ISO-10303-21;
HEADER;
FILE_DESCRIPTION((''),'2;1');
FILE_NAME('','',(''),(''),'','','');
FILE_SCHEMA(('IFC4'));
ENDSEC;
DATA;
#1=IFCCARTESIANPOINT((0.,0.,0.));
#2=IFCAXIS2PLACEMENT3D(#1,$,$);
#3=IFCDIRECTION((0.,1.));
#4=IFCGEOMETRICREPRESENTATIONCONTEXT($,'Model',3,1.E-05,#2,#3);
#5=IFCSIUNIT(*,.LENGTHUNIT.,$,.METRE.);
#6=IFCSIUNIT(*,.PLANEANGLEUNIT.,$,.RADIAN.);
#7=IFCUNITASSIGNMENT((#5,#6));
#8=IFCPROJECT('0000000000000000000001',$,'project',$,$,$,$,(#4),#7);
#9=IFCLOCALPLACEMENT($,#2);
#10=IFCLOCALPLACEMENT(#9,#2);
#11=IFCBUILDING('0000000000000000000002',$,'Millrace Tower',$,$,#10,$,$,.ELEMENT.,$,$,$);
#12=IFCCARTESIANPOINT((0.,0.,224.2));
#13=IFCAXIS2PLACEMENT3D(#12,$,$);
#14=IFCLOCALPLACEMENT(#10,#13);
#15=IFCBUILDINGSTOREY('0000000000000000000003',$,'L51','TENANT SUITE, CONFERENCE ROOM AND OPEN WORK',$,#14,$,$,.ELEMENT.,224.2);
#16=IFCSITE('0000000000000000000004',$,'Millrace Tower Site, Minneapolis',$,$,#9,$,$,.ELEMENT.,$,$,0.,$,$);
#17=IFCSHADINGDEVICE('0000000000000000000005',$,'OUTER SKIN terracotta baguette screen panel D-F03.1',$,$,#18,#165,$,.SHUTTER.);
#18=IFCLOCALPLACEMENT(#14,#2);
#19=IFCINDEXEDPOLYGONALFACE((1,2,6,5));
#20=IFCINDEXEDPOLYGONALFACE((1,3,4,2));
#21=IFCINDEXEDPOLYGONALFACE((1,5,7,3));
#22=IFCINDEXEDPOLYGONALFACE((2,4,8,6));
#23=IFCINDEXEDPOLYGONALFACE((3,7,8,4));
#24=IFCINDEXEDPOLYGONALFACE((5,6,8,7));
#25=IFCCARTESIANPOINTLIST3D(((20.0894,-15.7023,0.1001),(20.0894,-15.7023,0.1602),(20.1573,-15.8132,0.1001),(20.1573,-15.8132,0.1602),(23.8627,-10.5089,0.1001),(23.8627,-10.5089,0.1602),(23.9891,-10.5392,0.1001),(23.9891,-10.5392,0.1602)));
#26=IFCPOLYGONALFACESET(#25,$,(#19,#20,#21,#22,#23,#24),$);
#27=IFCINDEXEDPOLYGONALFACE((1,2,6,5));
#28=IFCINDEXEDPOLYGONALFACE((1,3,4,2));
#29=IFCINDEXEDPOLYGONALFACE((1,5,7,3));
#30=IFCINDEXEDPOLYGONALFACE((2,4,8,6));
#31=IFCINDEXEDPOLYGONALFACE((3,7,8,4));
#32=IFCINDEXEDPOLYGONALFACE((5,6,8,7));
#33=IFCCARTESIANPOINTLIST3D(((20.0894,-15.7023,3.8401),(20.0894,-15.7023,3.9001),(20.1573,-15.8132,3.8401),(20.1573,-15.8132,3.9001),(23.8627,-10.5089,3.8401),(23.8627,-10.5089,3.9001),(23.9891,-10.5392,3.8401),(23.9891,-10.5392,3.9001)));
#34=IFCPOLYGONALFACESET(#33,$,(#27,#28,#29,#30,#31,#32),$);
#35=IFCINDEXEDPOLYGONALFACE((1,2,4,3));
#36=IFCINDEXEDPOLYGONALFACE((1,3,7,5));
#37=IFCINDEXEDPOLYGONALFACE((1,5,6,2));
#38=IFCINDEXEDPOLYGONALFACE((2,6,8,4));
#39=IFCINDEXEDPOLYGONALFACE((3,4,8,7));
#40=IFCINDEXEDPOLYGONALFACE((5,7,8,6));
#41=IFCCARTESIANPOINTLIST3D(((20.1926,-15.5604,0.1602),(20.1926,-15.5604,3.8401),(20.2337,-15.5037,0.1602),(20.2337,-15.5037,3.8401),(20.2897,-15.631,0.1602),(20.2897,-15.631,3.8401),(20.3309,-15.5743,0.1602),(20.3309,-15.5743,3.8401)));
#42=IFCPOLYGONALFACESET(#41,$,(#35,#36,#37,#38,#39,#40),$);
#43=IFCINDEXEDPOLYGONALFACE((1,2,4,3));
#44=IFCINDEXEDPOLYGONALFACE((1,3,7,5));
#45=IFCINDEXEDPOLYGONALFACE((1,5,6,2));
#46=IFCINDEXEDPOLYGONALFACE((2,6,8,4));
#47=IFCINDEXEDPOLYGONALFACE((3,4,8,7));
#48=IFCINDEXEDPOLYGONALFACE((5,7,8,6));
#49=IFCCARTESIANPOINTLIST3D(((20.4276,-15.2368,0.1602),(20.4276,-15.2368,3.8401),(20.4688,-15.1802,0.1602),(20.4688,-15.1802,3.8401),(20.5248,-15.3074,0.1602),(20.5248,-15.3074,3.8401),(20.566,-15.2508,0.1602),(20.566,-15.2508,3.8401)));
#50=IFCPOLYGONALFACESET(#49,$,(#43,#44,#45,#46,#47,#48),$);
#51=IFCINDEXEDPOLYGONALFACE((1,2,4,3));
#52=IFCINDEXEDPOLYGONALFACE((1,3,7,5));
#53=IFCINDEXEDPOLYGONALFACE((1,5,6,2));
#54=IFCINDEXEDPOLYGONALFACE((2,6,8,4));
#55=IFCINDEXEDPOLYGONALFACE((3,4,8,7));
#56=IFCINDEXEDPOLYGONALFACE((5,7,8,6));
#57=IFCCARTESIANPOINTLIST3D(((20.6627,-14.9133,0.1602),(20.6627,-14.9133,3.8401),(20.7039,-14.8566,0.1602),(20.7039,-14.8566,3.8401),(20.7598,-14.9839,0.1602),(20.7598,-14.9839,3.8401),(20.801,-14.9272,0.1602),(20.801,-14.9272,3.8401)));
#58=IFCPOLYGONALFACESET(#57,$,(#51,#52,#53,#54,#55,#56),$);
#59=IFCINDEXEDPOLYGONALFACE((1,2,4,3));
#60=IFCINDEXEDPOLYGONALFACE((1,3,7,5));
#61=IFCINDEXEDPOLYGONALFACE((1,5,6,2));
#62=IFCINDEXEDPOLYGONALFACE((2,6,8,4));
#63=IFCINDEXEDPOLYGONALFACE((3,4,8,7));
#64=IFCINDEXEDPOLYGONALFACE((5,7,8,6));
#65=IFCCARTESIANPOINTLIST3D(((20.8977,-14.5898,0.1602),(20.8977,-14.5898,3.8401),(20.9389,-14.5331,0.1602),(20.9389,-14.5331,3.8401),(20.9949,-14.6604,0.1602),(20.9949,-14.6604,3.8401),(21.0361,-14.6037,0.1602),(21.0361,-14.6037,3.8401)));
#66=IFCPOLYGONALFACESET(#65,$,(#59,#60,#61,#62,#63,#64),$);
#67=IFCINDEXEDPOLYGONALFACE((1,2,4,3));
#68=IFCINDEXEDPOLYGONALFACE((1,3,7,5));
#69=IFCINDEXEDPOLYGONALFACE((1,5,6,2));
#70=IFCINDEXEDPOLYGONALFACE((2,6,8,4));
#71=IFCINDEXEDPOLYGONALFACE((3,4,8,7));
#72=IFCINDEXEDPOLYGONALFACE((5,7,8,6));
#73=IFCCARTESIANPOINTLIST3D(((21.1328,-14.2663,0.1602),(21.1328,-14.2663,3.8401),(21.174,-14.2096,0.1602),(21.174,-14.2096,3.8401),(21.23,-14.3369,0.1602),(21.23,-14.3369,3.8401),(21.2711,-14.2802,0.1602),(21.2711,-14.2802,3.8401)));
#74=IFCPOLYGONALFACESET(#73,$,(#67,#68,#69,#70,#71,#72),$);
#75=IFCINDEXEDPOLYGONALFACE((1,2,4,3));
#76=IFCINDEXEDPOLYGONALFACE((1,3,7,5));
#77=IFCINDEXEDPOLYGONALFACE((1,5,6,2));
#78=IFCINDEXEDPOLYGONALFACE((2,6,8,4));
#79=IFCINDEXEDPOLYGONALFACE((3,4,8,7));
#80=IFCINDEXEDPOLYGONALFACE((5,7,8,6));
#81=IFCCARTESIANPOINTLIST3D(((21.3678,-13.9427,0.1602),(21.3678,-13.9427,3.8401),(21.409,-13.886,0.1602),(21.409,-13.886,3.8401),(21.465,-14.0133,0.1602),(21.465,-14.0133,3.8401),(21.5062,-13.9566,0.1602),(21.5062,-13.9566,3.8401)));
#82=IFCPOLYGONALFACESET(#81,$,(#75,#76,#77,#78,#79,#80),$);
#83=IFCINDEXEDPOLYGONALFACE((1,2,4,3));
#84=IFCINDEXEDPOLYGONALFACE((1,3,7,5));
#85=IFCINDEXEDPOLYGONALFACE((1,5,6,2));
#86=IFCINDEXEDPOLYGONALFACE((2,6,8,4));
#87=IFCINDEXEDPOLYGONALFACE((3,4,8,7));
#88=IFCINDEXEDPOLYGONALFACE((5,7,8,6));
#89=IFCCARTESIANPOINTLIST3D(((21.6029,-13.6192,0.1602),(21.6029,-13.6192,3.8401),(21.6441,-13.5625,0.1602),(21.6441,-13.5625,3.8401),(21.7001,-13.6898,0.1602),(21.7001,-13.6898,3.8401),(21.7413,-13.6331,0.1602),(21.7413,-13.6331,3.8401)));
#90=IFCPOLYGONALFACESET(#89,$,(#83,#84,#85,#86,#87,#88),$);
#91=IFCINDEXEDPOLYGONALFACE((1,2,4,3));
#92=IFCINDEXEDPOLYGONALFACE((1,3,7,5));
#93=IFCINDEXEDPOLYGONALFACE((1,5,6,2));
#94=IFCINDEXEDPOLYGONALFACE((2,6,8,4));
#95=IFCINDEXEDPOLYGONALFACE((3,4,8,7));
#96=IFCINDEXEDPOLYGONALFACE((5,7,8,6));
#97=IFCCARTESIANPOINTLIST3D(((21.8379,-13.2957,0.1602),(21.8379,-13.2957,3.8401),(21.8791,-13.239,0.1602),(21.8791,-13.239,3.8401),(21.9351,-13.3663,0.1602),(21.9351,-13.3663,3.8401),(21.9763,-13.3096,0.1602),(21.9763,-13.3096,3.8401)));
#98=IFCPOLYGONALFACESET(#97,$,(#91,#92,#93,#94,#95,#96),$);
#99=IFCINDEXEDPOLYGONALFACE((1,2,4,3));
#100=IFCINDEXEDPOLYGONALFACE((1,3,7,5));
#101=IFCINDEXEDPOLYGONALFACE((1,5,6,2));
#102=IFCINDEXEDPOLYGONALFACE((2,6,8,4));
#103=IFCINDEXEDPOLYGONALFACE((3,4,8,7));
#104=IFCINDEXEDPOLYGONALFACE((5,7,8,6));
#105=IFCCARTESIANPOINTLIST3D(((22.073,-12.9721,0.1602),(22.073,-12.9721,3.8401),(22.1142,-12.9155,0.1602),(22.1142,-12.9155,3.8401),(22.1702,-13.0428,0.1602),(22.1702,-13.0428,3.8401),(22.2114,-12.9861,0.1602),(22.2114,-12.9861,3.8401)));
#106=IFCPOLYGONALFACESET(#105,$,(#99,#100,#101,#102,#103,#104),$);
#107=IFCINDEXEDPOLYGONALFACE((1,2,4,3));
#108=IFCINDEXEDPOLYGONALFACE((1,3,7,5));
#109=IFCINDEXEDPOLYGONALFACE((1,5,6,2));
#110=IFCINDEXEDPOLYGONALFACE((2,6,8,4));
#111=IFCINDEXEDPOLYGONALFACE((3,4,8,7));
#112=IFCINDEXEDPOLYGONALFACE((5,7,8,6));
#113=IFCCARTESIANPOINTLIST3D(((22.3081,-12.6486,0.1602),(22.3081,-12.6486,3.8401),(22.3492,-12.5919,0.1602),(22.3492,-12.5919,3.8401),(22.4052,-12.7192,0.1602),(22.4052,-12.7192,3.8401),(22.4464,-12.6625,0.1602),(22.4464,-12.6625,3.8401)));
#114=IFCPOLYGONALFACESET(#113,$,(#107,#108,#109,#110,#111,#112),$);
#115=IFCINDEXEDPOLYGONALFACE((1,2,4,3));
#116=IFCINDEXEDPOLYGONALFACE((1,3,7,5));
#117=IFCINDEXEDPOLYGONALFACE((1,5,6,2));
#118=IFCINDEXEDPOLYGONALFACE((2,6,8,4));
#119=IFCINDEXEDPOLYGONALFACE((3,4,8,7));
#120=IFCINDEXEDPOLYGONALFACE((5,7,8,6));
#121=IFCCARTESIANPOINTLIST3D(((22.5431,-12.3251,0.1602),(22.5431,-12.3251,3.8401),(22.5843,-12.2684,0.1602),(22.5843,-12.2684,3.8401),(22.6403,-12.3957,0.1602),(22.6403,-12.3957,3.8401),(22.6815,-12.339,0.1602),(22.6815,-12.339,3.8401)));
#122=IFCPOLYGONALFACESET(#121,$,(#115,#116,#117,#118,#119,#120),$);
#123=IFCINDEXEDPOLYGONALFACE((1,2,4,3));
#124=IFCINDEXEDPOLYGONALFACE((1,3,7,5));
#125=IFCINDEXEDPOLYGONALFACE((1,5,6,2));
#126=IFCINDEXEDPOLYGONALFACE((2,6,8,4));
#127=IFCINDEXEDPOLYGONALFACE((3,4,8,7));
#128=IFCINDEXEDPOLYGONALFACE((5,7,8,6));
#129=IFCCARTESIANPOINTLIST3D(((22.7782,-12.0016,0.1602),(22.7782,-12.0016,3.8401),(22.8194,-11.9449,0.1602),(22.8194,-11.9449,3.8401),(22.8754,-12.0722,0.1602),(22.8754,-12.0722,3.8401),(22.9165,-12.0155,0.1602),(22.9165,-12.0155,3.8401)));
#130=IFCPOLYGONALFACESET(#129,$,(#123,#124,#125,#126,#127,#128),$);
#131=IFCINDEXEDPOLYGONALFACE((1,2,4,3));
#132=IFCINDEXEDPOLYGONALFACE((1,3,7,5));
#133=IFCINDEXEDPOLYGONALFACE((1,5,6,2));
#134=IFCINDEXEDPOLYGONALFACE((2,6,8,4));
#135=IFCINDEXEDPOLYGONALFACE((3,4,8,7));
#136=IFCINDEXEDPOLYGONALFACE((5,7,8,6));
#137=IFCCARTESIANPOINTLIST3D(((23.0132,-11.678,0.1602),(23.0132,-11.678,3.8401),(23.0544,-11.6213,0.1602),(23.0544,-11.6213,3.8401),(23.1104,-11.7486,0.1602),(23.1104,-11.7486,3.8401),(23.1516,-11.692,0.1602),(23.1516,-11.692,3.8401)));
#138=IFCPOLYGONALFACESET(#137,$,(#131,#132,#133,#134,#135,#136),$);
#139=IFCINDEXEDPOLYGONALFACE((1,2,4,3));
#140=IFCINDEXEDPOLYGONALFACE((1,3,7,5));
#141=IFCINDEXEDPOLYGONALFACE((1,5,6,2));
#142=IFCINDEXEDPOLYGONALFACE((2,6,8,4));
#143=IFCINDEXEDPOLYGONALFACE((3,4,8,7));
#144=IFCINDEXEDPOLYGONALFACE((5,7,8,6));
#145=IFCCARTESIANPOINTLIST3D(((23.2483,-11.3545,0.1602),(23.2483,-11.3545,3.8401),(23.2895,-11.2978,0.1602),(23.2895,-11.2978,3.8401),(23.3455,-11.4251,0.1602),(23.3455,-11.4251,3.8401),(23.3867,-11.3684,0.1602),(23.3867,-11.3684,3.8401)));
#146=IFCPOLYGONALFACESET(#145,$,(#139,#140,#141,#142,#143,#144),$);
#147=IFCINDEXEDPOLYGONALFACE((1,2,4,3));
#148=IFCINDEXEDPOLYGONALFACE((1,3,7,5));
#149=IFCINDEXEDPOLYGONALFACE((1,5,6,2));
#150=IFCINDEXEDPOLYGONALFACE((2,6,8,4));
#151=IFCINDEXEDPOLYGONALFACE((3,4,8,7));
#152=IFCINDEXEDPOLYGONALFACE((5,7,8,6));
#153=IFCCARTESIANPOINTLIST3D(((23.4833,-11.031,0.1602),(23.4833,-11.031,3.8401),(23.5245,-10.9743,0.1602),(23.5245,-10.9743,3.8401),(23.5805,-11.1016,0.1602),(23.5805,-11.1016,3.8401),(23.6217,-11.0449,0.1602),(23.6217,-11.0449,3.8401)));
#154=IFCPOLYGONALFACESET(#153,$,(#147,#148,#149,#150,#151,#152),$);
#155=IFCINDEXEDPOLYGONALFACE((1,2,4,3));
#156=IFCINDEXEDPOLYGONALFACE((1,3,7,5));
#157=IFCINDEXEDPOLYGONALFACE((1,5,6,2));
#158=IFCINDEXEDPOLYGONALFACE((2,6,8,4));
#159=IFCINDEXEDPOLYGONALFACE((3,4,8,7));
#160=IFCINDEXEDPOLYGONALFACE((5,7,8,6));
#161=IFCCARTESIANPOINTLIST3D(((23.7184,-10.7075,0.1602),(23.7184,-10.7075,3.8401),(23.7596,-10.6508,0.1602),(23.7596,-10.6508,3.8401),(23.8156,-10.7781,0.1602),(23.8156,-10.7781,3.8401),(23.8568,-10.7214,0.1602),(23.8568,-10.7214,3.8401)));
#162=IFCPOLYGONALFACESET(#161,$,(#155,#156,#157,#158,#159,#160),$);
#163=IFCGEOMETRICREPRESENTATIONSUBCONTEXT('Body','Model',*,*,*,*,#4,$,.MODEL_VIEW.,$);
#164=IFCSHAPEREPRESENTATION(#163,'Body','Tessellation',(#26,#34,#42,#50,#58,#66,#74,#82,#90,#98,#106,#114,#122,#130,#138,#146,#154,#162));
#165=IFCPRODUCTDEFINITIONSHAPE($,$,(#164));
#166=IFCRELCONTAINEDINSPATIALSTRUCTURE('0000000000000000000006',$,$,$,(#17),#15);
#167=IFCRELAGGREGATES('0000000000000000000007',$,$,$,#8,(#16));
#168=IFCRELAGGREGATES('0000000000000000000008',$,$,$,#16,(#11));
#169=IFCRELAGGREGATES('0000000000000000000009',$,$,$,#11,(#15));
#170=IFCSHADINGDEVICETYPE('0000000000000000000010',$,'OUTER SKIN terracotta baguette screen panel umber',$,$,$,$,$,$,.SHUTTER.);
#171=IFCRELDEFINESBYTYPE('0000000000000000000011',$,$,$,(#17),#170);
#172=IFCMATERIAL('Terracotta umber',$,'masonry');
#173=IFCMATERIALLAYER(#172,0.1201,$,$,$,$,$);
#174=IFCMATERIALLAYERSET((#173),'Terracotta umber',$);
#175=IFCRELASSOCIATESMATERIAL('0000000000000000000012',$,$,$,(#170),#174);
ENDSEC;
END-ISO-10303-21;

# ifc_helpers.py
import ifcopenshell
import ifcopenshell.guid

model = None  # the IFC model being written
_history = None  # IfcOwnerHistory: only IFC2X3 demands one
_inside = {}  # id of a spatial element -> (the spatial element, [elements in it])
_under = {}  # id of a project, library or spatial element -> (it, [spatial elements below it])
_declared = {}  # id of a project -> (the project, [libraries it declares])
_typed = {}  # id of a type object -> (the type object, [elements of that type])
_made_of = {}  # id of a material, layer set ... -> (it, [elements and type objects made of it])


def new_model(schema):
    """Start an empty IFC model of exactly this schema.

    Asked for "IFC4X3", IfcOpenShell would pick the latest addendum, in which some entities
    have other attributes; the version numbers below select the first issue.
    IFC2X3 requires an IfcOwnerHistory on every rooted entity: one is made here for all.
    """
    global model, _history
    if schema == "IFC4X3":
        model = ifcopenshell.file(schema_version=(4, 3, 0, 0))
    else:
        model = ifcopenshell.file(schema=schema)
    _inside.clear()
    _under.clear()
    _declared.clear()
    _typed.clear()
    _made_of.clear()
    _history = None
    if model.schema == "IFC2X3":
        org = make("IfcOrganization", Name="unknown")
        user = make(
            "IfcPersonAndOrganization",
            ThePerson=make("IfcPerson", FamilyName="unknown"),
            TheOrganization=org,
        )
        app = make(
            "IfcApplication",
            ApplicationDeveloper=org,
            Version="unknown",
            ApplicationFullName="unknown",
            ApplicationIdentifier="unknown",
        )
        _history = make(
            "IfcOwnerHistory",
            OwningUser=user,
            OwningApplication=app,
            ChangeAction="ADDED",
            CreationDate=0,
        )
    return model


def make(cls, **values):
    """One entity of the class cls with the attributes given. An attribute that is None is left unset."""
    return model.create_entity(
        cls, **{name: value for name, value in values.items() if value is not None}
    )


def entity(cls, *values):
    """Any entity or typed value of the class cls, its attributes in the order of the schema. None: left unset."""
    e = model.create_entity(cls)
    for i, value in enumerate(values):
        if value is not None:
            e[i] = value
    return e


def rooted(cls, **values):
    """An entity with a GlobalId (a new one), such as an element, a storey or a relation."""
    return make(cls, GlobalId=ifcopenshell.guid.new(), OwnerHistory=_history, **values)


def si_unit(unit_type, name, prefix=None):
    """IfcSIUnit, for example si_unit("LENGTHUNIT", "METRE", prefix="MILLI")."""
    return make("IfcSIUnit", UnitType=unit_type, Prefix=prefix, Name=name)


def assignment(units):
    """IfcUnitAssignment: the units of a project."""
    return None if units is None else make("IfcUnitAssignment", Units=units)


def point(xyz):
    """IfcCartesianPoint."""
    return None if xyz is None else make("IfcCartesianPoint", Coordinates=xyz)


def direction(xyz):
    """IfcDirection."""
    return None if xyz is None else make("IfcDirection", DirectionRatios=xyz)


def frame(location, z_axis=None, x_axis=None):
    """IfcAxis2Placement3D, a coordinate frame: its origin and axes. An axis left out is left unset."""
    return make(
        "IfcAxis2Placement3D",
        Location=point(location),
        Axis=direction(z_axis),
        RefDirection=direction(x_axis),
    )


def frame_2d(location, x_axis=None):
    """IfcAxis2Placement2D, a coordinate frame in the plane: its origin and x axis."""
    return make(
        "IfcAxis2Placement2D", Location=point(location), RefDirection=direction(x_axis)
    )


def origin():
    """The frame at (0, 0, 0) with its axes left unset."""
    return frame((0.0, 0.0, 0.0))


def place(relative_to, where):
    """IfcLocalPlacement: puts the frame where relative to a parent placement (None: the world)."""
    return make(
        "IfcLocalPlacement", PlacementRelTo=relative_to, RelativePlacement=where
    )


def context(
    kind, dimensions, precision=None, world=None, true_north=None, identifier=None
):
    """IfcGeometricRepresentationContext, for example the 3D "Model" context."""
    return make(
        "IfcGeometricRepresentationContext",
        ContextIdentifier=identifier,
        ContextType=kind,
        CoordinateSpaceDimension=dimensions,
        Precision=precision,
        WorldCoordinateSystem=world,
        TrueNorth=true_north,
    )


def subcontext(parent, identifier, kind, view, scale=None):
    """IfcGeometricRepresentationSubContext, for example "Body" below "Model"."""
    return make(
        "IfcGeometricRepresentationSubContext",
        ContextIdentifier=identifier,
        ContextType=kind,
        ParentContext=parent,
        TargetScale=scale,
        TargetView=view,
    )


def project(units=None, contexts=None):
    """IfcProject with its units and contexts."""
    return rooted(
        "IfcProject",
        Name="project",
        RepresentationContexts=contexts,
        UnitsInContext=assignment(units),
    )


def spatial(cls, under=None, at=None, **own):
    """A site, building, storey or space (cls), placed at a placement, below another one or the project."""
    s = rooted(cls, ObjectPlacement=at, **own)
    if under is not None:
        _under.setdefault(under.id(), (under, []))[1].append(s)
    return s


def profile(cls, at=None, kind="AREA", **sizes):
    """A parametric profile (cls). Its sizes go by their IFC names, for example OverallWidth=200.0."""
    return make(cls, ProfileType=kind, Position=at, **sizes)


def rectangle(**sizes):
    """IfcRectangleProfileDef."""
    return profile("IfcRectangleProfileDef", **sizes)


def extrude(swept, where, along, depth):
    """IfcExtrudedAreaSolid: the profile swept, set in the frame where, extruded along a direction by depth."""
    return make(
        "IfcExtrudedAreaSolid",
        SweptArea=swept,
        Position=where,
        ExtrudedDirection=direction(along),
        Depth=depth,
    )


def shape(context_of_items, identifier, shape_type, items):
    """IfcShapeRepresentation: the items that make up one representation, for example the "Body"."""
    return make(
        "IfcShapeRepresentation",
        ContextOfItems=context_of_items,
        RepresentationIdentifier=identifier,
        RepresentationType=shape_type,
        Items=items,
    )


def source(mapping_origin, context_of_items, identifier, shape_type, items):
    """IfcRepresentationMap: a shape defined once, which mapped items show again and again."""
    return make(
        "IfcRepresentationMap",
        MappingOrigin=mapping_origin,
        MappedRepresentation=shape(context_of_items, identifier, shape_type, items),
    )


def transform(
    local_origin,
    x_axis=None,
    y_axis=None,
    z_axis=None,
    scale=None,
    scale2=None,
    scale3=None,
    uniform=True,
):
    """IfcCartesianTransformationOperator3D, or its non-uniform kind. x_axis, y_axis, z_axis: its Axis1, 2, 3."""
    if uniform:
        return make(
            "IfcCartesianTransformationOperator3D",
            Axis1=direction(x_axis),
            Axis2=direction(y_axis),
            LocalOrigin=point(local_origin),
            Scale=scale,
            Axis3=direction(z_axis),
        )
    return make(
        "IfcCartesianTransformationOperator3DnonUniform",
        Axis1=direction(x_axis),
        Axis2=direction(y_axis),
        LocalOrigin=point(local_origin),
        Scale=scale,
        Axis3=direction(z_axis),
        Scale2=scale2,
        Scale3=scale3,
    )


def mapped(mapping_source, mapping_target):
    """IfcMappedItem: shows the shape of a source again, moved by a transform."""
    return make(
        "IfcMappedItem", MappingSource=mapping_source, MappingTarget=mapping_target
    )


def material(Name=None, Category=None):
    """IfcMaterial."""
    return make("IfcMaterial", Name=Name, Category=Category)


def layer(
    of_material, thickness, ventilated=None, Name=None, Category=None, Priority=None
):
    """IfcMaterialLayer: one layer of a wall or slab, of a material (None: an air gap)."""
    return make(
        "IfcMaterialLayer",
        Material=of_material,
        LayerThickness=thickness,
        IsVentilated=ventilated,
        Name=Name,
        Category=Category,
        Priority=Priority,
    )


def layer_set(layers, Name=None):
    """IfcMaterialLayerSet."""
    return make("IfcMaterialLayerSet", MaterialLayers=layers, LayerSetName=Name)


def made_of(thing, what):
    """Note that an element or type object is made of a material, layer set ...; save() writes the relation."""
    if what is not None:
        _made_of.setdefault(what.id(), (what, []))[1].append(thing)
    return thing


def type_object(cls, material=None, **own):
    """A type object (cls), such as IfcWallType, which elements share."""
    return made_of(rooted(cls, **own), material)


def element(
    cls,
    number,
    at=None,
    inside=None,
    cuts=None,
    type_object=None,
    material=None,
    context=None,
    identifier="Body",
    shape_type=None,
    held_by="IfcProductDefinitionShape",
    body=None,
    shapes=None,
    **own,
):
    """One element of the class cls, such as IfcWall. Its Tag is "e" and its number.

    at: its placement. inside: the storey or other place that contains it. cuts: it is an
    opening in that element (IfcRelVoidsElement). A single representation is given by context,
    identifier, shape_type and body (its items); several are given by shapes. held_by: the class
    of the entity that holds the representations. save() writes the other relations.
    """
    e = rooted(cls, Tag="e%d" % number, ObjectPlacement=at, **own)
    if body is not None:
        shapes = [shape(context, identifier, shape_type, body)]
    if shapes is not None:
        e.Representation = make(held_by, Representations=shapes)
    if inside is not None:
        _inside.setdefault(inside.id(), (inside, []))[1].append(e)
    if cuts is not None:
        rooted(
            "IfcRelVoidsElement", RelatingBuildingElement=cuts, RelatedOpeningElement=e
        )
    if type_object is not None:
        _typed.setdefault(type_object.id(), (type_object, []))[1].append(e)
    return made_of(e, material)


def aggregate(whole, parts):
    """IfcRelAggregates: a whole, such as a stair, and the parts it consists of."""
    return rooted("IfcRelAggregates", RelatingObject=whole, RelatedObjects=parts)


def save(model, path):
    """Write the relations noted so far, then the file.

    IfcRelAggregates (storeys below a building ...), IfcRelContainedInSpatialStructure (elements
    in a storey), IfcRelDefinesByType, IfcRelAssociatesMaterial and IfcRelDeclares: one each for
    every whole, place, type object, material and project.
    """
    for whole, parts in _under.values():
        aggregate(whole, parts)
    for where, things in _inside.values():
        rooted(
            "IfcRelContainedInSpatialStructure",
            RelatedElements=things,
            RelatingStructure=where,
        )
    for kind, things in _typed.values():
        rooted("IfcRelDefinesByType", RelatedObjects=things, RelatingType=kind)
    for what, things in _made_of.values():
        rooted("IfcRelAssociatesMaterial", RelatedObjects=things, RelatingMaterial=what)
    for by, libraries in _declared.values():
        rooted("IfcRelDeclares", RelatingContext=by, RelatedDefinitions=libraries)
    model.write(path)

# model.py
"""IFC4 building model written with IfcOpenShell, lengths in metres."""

from ifc_helpers import new_model, entity, si_unit, direction, frame, frame_2d, origin, place, context, subcontext, project, spatial, rectangle, extrude, source, transform, mapped, material, layer, layer_set, type_object, element, save


model = new_model("IFC4")

# Units and contexts
model_context = context("Model", 3, precision=1e-05, world=origin(), true_north=direction((0.0, 1.0)))
body_context = subcontext(model_context, "Body", "Model", "MODEL_VIEW")
ifc_project = project(units=[si_unit("LENGTHUNIT", "METRE"), si_unit("PLANEANGLEUNIT", "RADIAN")], contexts=[model_context])

# Site, building, storey
site_placement = place(None, origin())
site = spatial("IfcSite", under=ifc_project, at=site_placement, Name="Millrace Tower Site, Minneapolis", CompositionType="ELEMENT", RefElevation=0.0)
building_placement = place(site_placement, origin())
building = spatial("IfcBuilding", under=site, at=building_placement, Name="Millrace Tower", CompositionType="ELEMENT")
storey_placement = place(building_placement, frame((0.0, 0.0, 224.2)))
storey = spatial("IfcBuildingStorey", under=building, at=storey_placement, Name="L51", Description="TENANT SUITE, CONFERENCE ROOM AND OPEN WORK", CompositionType="ELEMENT", Elevation=224.2)

# Shading device
ifc_material_1 = material(Name="Terracotta umber", Category="masonry")
ifc_layer_1 = layer(ifc_material_1, 0.1201)
ifc_layer_set_1 = layer_set([ifc_layer_1], Name="Terracotta umber")
shading_device_type = type_object("IfcShadingDeviceType", Name="OUTER SKIN terracotta baguette screen panel umber", PredefinedType="SHUTTER", material=ifc_layer_set_1)
cartesian_point_1 = entity("IfcCartesianPoint", [-3.2097, 0.0601])
shared_polyline_1 = entity("IfcPolyline", [cartesian_point_1, entity("IfcCartesianPoint", [3.2097, 0.0601]), entity("IfcCartesianPoint", [3.2595, -0.0601]), entity("IfcCartesianPoint", [-3.2595, -0.0601]), cartesian_point_1])
shared_shape_1 = source(origin(), body_context, "Body", "SweptSolid", [
    entity("IfcExtrudedAreaSolid", entity("IfcArbitraryClosedProfileDef", "AREA", None, shared_polyline_1), entity("IfcAxis2Placement3D", entity("IfcCartesianPoint", [0.0, 0.0, 0.0])), entity("IfcDirection", [0.0, 0.0, 1.0]), 0.0601),
    entity("IfcExtrudedAreaSolid", entity("IfcArbitraryClosedProfileDef", "AREA", None, shared_polyline_1), entity("IfcAxis2Placement3D", entity("IfcCartesianPoint", [0.0, 0.0, 3.74])), entity("IfcDirection", [0.0, 0.0, 1.0]), 0.0601),
    extrude(rectangle(XDim=0.0701, YDim=0.1201, at=frame_2d((-2.9993, 0.0))), frame((0.0, 0.0, 0.0601)), (0.0, 0.0, 1.0), 3.6799),
    extrude(rectangle(XDim=0.0701, YDim=0.1201, at=frame_2d((-2.5994, 0.0))), frame((0.0, 0.0, 0.0601)), (0.0, 0.0, 1.0), 3.6799),
    extrude(rectangle(XDim=0.0701, YDim=0.1201, at=frame_2d((-2.1995, 0.0))), frame((0.0, 0.0, 0.0601)), (0.0, 0.0, 1.0), 3.6799),
    extrude(rectangle(XDim=0.0701, YDim=0.1201, at=frame_2d((-1.7996, 0.0))), frame((0.0, 0.0, 0.0601)), (0.0, 0.0, 1.0), 3.6799),
    extrude(rectangle(XDim=0.0701, YDim=0.1201, at=frame_2d((-1.3997, 0.0))), frame((0.0, 0.0, 0.0601)), (0.0, 0.0, 1.0), 3.6799),
    extrude(rectangle(XDim=0.0701, YDim=0.1201, at=frame_2d((-0.9998, 0.0))), frame((0.0, 0.0, 0.0601)), (0.0, 0.0, 1.0), 3.6799),
    extrude(rectangle(XDim=0.0701, YDim=0.1201, at=frame_2d((-0.5999, 0.0))), frame((0.0, 0.0, 0.0601)), (0.0, 0.0, 1.0), 3.6799),
    extrude(rectangle(XDim=0.0701, YDim=0.1201, at=frame_2d((-0.2, 0.0))), frame((0.0, 0.0, 0.0601)), (0.0, 0.0, 1.0), 3.6799),
    extrude(rectangle(XDim=0.0701, YDim=0.1201, at=frame_2d((0.2, 0.0))), frame((0.0, 0.0, 0.0601)), (0.0, 0.0, 1.0), 3.6799),
    extrude(rectangle(XDim=0.0701, YDim=0.1201, at=frame_2d((0.5999, 0.0))), frame((0.0, 0.0, 0.0601)), (0.0, 0.0, 1.0), 3.6799),
    extrude(rectangle(XDim=0.0701, YDim=0.1201, at=frame_2d((0.9998, 0.0))), frame((0.0, 0.0, 0.0601)), (0.0, 0.0, 1.0), 3.6799),
    extrude(rectangle(XDim=0.0701, YDim=0.1201, at=frame_2d((1.3997, 0.0))), frame((0.0, 0.0, 0.0601)), (0.0, 0.0, 1.0), 3.6799),
    extrude(rectangle(XDim=0.0701, YDim=0.1201, at=frame_2d((1.7996, 0.0))), frame((0.0, 0.0, 0.0601)), (0.0, 0.0, 1.0), 3.6799),
    extrude(rectangle(XDim=0.0701, YDim=0.1201, at=frame_2d((2.1995, 0.0))), frame((0.0, 0.0, 0.0601)), (0.0, 0.0, 1.0), 3.6799),
    extrude(rectangle(XDim=0.0701, YDim=0.1201, at=frame_2d((2.5994, 0.0))), frame((0.0, 0.0, 0.0601)), (0.0, 0.0, 1.0), 3.6799),
    extrude(rectangle(XDim=0.0701, YDim=0.1201, at=frame_2d((2.9993, 0.0))), frame((0.0, 0.0, 0.0601)), (0.0, 0.0, 1.0), 3.6799),
])
shading_device_1_placement = place(storey_placement, frame((22.0247, -13.1409, 0.1001), z_axis=(0.0, 0.0, 1.0), x_axis=(0.587785, 0.809017, 0.0)))
element("IfcShadingDevice", 1, at=shading_device_1_placement, inside=storey, type_object=shading_device_type, Name="OUTER SKIN terracotta baguette screen panel D-F03.1", PredefinedType="SHUTTER", context=body_context, shape_type="MappedRepresentation", body=[
    mapped(shared_shape_1, transform((0.0, 0.0, 0.0), scale=1.0)),
])

save(model, "model.ifc")
